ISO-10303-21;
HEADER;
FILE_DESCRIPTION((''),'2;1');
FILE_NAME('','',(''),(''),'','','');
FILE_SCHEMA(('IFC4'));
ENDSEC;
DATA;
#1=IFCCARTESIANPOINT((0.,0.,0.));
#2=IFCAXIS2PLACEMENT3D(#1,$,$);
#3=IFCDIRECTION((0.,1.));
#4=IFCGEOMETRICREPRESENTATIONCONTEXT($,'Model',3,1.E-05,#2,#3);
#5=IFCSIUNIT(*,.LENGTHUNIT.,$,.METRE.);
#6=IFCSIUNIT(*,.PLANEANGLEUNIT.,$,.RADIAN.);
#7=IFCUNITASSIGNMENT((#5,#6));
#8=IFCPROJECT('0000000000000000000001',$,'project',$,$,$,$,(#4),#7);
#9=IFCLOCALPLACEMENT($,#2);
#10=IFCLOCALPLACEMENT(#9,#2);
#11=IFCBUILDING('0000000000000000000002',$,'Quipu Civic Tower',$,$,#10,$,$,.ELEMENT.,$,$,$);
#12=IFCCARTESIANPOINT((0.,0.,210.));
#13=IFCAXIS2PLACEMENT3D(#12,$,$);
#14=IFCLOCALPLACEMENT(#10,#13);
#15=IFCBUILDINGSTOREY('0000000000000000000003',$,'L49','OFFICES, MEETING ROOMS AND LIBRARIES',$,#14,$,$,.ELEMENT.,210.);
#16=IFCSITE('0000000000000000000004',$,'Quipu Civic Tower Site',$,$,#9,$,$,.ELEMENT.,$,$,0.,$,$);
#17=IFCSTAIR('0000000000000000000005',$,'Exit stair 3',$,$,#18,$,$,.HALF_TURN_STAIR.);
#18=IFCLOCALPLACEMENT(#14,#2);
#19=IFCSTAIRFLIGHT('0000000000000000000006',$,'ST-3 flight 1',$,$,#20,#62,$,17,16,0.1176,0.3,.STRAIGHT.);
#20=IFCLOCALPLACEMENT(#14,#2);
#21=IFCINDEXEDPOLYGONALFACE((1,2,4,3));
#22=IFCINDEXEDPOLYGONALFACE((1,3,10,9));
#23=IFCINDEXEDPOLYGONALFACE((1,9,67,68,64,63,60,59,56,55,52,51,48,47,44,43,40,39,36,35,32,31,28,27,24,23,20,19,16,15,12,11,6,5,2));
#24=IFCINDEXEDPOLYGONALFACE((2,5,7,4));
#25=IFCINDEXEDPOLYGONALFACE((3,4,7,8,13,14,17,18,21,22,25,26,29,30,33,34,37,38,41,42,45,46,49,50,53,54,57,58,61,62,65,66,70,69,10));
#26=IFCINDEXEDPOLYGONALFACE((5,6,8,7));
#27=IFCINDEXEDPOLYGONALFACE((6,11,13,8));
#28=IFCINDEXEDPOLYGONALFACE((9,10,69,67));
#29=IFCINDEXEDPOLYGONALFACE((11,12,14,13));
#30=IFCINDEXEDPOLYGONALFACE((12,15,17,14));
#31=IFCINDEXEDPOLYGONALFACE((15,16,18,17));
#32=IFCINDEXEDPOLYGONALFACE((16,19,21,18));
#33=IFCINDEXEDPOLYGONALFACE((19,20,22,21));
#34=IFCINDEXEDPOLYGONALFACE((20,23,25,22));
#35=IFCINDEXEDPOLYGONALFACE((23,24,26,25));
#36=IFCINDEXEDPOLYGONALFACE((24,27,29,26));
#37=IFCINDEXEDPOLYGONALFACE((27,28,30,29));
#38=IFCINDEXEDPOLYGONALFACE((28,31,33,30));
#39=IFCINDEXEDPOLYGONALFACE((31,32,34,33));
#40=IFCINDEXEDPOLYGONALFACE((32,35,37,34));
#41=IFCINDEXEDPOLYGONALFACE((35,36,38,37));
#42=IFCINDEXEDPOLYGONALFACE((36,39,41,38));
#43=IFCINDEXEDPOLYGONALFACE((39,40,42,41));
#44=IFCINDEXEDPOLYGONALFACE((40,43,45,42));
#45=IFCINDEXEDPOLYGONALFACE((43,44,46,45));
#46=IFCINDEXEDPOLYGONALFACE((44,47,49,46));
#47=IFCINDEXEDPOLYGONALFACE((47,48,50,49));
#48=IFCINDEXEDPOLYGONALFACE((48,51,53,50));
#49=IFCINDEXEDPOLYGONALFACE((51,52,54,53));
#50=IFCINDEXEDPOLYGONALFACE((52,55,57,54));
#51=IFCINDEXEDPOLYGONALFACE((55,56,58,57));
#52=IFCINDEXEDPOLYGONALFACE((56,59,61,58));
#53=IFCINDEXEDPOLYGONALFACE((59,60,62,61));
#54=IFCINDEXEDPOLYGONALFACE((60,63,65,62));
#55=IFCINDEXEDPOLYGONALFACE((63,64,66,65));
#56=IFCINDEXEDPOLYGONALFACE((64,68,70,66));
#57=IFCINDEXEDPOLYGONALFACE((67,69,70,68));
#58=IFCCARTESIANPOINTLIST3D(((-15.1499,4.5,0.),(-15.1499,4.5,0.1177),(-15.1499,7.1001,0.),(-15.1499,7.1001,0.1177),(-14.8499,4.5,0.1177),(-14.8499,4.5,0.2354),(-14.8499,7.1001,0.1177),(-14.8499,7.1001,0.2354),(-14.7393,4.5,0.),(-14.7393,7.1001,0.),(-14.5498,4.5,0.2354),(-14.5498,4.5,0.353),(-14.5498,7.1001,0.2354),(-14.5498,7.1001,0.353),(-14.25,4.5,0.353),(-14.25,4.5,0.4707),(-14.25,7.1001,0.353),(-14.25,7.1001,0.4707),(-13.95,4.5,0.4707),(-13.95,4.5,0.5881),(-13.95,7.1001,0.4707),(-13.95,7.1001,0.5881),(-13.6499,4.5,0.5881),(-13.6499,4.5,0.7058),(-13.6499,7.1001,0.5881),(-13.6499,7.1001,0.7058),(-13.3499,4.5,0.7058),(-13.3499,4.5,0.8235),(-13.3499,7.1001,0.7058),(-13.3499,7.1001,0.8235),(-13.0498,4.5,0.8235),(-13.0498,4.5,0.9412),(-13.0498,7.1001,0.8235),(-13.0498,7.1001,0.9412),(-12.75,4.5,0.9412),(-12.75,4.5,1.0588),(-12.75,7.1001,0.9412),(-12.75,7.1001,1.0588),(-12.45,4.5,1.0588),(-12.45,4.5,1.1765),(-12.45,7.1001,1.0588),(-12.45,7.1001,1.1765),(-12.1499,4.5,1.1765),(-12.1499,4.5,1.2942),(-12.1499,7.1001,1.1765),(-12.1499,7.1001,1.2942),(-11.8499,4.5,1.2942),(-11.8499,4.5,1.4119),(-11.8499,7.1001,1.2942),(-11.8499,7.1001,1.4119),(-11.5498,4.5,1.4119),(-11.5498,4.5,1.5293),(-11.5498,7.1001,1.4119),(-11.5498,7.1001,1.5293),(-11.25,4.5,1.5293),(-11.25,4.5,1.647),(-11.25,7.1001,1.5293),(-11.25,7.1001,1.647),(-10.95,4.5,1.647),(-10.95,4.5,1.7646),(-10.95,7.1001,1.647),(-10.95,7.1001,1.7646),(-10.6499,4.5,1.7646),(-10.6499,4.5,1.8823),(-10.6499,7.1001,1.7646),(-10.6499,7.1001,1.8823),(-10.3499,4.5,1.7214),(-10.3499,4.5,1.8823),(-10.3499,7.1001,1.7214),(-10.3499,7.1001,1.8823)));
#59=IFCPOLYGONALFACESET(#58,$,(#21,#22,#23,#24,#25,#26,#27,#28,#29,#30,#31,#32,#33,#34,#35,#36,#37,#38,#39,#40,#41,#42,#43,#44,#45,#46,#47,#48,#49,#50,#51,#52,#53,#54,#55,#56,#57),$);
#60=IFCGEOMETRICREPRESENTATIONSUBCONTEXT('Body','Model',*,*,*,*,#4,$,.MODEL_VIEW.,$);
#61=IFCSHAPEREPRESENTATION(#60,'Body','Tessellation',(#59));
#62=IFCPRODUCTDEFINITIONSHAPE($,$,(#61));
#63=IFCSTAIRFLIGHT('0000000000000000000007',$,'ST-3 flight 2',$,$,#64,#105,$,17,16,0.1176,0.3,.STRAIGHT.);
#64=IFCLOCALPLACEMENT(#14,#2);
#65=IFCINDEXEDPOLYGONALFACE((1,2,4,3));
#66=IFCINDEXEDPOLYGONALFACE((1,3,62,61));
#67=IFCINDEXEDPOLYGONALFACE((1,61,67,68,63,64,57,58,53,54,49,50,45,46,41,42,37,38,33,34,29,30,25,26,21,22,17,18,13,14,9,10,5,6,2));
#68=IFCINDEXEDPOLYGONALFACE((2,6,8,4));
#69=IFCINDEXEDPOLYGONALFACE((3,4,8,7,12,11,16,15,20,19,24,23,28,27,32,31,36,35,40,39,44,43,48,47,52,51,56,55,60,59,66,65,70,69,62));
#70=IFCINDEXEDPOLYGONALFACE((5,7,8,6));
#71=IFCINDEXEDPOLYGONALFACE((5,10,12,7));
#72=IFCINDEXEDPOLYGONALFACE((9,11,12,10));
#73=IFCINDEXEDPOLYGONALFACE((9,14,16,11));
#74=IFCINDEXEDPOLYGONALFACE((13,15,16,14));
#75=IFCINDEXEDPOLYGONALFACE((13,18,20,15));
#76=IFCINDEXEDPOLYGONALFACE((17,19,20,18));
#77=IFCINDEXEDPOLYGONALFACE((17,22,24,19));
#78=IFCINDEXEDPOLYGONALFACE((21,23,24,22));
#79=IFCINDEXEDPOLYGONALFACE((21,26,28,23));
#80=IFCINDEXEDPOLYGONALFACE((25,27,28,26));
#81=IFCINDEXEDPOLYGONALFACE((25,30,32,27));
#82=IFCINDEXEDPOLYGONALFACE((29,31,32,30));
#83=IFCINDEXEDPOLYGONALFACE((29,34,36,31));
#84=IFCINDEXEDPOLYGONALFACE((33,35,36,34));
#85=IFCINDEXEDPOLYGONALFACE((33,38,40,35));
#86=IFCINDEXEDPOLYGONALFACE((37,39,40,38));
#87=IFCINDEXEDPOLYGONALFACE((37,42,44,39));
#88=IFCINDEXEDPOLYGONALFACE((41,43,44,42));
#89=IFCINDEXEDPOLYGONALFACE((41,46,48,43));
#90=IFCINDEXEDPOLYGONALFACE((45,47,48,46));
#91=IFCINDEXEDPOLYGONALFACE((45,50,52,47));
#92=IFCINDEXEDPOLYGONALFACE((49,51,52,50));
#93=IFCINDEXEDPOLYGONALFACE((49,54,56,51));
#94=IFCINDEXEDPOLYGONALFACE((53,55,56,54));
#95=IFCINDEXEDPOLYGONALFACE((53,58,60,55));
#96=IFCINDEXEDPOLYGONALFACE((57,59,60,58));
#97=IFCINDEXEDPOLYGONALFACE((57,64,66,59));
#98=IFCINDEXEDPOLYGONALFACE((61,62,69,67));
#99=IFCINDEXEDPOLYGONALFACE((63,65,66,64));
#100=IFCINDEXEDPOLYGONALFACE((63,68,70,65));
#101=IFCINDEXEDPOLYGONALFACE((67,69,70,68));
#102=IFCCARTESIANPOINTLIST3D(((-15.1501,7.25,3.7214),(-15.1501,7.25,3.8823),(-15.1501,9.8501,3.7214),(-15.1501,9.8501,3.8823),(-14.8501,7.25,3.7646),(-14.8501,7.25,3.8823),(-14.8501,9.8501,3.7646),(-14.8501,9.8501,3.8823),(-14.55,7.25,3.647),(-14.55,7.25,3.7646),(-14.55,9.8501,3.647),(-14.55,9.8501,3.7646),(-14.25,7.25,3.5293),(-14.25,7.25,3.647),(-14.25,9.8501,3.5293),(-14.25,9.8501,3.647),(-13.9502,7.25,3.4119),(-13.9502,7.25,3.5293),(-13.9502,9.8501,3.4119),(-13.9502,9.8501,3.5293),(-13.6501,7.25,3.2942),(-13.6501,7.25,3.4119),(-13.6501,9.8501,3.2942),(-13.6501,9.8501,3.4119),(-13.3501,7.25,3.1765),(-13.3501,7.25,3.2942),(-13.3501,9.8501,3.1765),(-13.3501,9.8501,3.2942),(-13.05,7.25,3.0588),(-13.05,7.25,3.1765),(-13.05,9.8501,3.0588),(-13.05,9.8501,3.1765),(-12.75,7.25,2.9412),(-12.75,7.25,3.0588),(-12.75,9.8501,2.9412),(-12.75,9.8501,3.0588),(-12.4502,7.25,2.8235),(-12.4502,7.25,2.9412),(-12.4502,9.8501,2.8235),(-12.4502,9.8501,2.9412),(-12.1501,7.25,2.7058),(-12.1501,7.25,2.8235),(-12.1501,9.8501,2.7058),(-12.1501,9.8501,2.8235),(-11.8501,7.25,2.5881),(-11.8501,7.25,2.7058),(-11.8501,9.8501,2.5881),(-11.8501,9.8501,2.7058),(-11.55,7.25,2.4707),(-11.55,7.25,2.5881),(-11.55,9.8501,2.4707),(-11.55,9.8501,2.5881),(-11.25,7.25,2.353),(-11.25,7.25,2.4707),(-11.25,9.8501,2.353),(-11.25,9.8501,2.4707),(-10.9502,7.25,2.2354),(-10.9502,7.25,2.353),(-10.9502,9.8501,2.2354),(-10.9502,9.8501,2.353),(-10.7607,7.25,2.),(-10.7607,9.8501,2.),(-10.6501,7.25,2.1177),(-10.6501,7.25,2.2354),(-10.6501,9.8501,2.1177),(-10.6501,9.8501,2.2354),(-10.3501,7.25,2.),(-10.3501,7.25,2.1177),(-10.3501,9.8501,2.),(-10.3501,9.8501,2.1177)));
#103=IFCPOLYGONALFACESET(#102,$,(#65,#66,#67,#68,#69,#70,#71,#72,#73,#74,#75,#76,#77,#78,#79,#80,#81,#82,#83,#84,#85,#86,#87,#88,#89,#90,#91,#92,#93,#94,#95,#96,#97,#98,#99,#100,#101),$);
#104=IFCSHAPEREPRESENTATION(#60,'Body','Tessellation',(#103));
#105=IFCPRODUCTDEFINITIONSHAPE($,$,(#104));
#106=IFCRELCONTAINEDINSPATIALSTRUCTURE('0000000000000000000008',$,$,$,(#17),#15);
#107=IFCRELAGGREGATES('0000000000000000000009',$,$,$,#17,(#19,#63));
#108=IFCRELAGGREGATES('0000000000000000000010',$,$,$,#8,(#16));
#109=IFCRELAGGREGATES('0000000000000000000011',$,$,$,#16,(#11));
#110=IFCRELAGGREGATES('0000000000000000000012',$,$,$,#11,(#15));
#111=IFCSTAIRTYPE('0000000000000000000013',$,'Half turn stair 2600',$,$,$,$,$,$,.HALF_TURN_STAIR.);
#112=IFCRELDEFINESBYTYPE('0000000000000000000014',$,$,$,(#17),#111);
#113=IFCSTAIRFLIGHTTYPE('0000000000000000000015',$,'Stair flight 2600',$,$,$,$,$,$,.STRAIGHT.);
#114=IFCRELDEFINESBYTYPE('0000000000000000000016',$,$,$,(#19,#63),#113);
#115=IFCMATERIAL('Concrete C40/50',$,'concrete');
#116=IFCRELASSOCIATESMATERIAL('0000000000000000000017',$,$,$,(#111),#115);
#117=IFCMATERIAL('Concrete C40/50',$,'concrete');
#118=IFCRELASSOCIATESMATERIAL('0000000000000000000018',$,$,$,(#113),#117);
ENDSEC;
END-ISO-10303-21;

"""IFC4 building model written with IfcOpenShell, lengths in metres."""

from ifc_helpers import new_model, si_unit, direction, frame, origin, place, context, subcontext, project, spatial, polyline, outline, extrude, material, type_object, element, aggregate, save


model = new_model("IFC4")

# Units and contexts
model_context = context("Model", 3, precision=1e-05, world=origin(), true_north=direction((0.0, 1.0)))
body_context = subcontext(model_context, "Body", "Model", "MODEL_VIEW")
ifc_project = project(units=[si_unit("LENGTHUNIT", "METRE"), si_unit("PLANEANGLEUNIT", "RADIAN")], contexts=[model_context])

# Site, building, storey
site_placement = place(None, origin())
site = spatial("IfcSite", under=ifc_project, at=site_placement, Name="Quipu Civic Tower Site", CompositionType="ELEMENT", RefElevation=0.0)
building_placement = place(site_placement, origin())
building = spatial("IfcBuilding", under=site, at=building_placement, Name="Quipu Civic Tower", CompositionType="ELEMENT")
storey_placement = place(building_placement, frame((0.0, 0.0, 210.0)))
storey = spatial("IfcBuildingStorey", under=building, at=storey_placement, Name="L49", Description="OFFICES, MEETING ROOMS AND LIBRARIES", CompositionType="ELEMENT", Elevation=210.0)

# Stair, stair flights
ifc_material_1 = material(Name="Concrete C40/50", Category="concrete")
stair_type = type_object("IfcStairType", Name="Half turn stair 2600", PredefinedType="HALF_TURN_STAIR", material=ifc_material_1)
stair_placement = place(storey_placement, origin())
stair = element("IfcStair", 1, at=stair_placement, inside=storey, type_object=stair_type, Name="Exit stair 3", PredefinedType="HALF_TURN_STAIR")
ifc_material_2 = material(Name="Concrete C40/50", Category="concrete")
stair_flight_type = type_object("IfcStairFlightType", Name="Stair flight 2600", PredefinedType="STRAIGHT", material=ifc_material_2)
stair_flight_1_placement = place(storey_placement, frame((-15.1499, 5.8, 0.0), z_axis=(0.0, 0.0, 1.0), x_axis=(1.0, 0.0, 0.0)))
stair_flight_1 = element("IfcStairFlight", 2, at=stair_flight_1_placement, type_object=stair_flight_type, Name="ST-3 flight 1", NumberOfRisers=17, NumberOfTreads=16, PredefinedType="STRAIGHT", RiserHeight=0.1176, TreadLength=0.3, context=body_context, shape_type="SweptSolid", body=[
    extrude(outline(polyline([(0.0, 0.0), (0.0, 0.1177), (0.3, 0.1177), (0.3, 0.2354), (0.6001, 0.2354), (0.6001, 0.353), (0.8999, 0.353), (0.8999, 0.4707), (1.2, 0.4707), (1.2, 0.5881), (1.5, 0.5881), (1.5, 0.7058), (1.8, 0.7058), (1.8, 0.8235), (2.1001, 0.8235), (2.1001, 0.9412), (2.3999, 0.9412), (2.3999, 1.0588), (2.7, 1.0588), (2.7, 1.1765), (3.0, 1.1765), (3.0, 1.2942), (3.3, 1.2942), (3.3, 1.4119), (3.6001, 1.4119), (3.6001, 1.5293), (3.8999, 1.5293), (3.8999, 1.647), (4.2, 1.647), (4.2, 1.7646), (4.5, 1.7646), (4.5, 1.8823), (4.8, 1.8823), (4.8, 2.0), (4.8, 1.7214), (0.4106, 0.0), (0.0, 0.0)])), frame((0.0, 1.3, 0.0), z_axis=(0.0, -1.0, 0.0), x_axis=(1.0, 0.0, 0.0)), (0.0, 0.0, 1.0), 2.6001),
])
stair_flight_2_placement = place(storey_placement, frame((-10.3501, 8.55, 2.0), z_axis=(0.0, 0.0, 1.0), x_axis=(-1.0, 0.0, 0.0)))
stair_flight_2 = element("IfcStairFlight", 3, at=stair_flight_2_placement, type_object=stair_flight_type, Name="ST-3 flight 2", NumberOfRisers=17, NumberOfTreads=16, PredefinedType="STRAIGHT", RiserHeight=0.1176, TreadLength=0.3, context=body_context, shape_type="SweptSolid", body=[
    extrude(outline(polyline([(0.0, 0.0), (0.0, 0.1177), (0.3, 0.1177), (0.3, 0.2354), (0.6001, 0.2354), (0.6001, 0.353), (0.8999, 0.353), (0.8999, 0.4707), (1.2, 0.4707), (1.2, 0.5881), (1.5, 0.5881), (1.5, 0.7058), (1.8, 0.7058), (1.8, 0.8235), (2.1001, 0.8235), (2.1001, 0.9412), (2.3999, 0.9412), (2.3999, 1.0588), (2.7, 1.0588), (2.7, 1.1765), (3.0, 1.1765), (3.0, 1.2942), (3.3, 1.2942), (3.3, 1.4119), (3.6001, 1.4119), (3.6001, 1.5293), (3.8999, 1.5293), (3.8999, 1.647), (4.2, 1.647), (4.2, 1.7646), (4.5, 1.7646), (4.5, 1.8823), (4.8, 1.8823), (4.8, 2.0), (4.8, 1.7214), (0.4106, 0.0), (0.0, 0.0)])), frame((0.0, 1.3, 0.0), z_axis=(0.0, -1.0, 0.0), x_axis=(1.0, 0.0, 0.0)), (0.0, 0.0, 1.0), 2.6001),
])
aggregate(stair, [stair_flight_1, stair_flight_2])

save(model, "model.ifc")
